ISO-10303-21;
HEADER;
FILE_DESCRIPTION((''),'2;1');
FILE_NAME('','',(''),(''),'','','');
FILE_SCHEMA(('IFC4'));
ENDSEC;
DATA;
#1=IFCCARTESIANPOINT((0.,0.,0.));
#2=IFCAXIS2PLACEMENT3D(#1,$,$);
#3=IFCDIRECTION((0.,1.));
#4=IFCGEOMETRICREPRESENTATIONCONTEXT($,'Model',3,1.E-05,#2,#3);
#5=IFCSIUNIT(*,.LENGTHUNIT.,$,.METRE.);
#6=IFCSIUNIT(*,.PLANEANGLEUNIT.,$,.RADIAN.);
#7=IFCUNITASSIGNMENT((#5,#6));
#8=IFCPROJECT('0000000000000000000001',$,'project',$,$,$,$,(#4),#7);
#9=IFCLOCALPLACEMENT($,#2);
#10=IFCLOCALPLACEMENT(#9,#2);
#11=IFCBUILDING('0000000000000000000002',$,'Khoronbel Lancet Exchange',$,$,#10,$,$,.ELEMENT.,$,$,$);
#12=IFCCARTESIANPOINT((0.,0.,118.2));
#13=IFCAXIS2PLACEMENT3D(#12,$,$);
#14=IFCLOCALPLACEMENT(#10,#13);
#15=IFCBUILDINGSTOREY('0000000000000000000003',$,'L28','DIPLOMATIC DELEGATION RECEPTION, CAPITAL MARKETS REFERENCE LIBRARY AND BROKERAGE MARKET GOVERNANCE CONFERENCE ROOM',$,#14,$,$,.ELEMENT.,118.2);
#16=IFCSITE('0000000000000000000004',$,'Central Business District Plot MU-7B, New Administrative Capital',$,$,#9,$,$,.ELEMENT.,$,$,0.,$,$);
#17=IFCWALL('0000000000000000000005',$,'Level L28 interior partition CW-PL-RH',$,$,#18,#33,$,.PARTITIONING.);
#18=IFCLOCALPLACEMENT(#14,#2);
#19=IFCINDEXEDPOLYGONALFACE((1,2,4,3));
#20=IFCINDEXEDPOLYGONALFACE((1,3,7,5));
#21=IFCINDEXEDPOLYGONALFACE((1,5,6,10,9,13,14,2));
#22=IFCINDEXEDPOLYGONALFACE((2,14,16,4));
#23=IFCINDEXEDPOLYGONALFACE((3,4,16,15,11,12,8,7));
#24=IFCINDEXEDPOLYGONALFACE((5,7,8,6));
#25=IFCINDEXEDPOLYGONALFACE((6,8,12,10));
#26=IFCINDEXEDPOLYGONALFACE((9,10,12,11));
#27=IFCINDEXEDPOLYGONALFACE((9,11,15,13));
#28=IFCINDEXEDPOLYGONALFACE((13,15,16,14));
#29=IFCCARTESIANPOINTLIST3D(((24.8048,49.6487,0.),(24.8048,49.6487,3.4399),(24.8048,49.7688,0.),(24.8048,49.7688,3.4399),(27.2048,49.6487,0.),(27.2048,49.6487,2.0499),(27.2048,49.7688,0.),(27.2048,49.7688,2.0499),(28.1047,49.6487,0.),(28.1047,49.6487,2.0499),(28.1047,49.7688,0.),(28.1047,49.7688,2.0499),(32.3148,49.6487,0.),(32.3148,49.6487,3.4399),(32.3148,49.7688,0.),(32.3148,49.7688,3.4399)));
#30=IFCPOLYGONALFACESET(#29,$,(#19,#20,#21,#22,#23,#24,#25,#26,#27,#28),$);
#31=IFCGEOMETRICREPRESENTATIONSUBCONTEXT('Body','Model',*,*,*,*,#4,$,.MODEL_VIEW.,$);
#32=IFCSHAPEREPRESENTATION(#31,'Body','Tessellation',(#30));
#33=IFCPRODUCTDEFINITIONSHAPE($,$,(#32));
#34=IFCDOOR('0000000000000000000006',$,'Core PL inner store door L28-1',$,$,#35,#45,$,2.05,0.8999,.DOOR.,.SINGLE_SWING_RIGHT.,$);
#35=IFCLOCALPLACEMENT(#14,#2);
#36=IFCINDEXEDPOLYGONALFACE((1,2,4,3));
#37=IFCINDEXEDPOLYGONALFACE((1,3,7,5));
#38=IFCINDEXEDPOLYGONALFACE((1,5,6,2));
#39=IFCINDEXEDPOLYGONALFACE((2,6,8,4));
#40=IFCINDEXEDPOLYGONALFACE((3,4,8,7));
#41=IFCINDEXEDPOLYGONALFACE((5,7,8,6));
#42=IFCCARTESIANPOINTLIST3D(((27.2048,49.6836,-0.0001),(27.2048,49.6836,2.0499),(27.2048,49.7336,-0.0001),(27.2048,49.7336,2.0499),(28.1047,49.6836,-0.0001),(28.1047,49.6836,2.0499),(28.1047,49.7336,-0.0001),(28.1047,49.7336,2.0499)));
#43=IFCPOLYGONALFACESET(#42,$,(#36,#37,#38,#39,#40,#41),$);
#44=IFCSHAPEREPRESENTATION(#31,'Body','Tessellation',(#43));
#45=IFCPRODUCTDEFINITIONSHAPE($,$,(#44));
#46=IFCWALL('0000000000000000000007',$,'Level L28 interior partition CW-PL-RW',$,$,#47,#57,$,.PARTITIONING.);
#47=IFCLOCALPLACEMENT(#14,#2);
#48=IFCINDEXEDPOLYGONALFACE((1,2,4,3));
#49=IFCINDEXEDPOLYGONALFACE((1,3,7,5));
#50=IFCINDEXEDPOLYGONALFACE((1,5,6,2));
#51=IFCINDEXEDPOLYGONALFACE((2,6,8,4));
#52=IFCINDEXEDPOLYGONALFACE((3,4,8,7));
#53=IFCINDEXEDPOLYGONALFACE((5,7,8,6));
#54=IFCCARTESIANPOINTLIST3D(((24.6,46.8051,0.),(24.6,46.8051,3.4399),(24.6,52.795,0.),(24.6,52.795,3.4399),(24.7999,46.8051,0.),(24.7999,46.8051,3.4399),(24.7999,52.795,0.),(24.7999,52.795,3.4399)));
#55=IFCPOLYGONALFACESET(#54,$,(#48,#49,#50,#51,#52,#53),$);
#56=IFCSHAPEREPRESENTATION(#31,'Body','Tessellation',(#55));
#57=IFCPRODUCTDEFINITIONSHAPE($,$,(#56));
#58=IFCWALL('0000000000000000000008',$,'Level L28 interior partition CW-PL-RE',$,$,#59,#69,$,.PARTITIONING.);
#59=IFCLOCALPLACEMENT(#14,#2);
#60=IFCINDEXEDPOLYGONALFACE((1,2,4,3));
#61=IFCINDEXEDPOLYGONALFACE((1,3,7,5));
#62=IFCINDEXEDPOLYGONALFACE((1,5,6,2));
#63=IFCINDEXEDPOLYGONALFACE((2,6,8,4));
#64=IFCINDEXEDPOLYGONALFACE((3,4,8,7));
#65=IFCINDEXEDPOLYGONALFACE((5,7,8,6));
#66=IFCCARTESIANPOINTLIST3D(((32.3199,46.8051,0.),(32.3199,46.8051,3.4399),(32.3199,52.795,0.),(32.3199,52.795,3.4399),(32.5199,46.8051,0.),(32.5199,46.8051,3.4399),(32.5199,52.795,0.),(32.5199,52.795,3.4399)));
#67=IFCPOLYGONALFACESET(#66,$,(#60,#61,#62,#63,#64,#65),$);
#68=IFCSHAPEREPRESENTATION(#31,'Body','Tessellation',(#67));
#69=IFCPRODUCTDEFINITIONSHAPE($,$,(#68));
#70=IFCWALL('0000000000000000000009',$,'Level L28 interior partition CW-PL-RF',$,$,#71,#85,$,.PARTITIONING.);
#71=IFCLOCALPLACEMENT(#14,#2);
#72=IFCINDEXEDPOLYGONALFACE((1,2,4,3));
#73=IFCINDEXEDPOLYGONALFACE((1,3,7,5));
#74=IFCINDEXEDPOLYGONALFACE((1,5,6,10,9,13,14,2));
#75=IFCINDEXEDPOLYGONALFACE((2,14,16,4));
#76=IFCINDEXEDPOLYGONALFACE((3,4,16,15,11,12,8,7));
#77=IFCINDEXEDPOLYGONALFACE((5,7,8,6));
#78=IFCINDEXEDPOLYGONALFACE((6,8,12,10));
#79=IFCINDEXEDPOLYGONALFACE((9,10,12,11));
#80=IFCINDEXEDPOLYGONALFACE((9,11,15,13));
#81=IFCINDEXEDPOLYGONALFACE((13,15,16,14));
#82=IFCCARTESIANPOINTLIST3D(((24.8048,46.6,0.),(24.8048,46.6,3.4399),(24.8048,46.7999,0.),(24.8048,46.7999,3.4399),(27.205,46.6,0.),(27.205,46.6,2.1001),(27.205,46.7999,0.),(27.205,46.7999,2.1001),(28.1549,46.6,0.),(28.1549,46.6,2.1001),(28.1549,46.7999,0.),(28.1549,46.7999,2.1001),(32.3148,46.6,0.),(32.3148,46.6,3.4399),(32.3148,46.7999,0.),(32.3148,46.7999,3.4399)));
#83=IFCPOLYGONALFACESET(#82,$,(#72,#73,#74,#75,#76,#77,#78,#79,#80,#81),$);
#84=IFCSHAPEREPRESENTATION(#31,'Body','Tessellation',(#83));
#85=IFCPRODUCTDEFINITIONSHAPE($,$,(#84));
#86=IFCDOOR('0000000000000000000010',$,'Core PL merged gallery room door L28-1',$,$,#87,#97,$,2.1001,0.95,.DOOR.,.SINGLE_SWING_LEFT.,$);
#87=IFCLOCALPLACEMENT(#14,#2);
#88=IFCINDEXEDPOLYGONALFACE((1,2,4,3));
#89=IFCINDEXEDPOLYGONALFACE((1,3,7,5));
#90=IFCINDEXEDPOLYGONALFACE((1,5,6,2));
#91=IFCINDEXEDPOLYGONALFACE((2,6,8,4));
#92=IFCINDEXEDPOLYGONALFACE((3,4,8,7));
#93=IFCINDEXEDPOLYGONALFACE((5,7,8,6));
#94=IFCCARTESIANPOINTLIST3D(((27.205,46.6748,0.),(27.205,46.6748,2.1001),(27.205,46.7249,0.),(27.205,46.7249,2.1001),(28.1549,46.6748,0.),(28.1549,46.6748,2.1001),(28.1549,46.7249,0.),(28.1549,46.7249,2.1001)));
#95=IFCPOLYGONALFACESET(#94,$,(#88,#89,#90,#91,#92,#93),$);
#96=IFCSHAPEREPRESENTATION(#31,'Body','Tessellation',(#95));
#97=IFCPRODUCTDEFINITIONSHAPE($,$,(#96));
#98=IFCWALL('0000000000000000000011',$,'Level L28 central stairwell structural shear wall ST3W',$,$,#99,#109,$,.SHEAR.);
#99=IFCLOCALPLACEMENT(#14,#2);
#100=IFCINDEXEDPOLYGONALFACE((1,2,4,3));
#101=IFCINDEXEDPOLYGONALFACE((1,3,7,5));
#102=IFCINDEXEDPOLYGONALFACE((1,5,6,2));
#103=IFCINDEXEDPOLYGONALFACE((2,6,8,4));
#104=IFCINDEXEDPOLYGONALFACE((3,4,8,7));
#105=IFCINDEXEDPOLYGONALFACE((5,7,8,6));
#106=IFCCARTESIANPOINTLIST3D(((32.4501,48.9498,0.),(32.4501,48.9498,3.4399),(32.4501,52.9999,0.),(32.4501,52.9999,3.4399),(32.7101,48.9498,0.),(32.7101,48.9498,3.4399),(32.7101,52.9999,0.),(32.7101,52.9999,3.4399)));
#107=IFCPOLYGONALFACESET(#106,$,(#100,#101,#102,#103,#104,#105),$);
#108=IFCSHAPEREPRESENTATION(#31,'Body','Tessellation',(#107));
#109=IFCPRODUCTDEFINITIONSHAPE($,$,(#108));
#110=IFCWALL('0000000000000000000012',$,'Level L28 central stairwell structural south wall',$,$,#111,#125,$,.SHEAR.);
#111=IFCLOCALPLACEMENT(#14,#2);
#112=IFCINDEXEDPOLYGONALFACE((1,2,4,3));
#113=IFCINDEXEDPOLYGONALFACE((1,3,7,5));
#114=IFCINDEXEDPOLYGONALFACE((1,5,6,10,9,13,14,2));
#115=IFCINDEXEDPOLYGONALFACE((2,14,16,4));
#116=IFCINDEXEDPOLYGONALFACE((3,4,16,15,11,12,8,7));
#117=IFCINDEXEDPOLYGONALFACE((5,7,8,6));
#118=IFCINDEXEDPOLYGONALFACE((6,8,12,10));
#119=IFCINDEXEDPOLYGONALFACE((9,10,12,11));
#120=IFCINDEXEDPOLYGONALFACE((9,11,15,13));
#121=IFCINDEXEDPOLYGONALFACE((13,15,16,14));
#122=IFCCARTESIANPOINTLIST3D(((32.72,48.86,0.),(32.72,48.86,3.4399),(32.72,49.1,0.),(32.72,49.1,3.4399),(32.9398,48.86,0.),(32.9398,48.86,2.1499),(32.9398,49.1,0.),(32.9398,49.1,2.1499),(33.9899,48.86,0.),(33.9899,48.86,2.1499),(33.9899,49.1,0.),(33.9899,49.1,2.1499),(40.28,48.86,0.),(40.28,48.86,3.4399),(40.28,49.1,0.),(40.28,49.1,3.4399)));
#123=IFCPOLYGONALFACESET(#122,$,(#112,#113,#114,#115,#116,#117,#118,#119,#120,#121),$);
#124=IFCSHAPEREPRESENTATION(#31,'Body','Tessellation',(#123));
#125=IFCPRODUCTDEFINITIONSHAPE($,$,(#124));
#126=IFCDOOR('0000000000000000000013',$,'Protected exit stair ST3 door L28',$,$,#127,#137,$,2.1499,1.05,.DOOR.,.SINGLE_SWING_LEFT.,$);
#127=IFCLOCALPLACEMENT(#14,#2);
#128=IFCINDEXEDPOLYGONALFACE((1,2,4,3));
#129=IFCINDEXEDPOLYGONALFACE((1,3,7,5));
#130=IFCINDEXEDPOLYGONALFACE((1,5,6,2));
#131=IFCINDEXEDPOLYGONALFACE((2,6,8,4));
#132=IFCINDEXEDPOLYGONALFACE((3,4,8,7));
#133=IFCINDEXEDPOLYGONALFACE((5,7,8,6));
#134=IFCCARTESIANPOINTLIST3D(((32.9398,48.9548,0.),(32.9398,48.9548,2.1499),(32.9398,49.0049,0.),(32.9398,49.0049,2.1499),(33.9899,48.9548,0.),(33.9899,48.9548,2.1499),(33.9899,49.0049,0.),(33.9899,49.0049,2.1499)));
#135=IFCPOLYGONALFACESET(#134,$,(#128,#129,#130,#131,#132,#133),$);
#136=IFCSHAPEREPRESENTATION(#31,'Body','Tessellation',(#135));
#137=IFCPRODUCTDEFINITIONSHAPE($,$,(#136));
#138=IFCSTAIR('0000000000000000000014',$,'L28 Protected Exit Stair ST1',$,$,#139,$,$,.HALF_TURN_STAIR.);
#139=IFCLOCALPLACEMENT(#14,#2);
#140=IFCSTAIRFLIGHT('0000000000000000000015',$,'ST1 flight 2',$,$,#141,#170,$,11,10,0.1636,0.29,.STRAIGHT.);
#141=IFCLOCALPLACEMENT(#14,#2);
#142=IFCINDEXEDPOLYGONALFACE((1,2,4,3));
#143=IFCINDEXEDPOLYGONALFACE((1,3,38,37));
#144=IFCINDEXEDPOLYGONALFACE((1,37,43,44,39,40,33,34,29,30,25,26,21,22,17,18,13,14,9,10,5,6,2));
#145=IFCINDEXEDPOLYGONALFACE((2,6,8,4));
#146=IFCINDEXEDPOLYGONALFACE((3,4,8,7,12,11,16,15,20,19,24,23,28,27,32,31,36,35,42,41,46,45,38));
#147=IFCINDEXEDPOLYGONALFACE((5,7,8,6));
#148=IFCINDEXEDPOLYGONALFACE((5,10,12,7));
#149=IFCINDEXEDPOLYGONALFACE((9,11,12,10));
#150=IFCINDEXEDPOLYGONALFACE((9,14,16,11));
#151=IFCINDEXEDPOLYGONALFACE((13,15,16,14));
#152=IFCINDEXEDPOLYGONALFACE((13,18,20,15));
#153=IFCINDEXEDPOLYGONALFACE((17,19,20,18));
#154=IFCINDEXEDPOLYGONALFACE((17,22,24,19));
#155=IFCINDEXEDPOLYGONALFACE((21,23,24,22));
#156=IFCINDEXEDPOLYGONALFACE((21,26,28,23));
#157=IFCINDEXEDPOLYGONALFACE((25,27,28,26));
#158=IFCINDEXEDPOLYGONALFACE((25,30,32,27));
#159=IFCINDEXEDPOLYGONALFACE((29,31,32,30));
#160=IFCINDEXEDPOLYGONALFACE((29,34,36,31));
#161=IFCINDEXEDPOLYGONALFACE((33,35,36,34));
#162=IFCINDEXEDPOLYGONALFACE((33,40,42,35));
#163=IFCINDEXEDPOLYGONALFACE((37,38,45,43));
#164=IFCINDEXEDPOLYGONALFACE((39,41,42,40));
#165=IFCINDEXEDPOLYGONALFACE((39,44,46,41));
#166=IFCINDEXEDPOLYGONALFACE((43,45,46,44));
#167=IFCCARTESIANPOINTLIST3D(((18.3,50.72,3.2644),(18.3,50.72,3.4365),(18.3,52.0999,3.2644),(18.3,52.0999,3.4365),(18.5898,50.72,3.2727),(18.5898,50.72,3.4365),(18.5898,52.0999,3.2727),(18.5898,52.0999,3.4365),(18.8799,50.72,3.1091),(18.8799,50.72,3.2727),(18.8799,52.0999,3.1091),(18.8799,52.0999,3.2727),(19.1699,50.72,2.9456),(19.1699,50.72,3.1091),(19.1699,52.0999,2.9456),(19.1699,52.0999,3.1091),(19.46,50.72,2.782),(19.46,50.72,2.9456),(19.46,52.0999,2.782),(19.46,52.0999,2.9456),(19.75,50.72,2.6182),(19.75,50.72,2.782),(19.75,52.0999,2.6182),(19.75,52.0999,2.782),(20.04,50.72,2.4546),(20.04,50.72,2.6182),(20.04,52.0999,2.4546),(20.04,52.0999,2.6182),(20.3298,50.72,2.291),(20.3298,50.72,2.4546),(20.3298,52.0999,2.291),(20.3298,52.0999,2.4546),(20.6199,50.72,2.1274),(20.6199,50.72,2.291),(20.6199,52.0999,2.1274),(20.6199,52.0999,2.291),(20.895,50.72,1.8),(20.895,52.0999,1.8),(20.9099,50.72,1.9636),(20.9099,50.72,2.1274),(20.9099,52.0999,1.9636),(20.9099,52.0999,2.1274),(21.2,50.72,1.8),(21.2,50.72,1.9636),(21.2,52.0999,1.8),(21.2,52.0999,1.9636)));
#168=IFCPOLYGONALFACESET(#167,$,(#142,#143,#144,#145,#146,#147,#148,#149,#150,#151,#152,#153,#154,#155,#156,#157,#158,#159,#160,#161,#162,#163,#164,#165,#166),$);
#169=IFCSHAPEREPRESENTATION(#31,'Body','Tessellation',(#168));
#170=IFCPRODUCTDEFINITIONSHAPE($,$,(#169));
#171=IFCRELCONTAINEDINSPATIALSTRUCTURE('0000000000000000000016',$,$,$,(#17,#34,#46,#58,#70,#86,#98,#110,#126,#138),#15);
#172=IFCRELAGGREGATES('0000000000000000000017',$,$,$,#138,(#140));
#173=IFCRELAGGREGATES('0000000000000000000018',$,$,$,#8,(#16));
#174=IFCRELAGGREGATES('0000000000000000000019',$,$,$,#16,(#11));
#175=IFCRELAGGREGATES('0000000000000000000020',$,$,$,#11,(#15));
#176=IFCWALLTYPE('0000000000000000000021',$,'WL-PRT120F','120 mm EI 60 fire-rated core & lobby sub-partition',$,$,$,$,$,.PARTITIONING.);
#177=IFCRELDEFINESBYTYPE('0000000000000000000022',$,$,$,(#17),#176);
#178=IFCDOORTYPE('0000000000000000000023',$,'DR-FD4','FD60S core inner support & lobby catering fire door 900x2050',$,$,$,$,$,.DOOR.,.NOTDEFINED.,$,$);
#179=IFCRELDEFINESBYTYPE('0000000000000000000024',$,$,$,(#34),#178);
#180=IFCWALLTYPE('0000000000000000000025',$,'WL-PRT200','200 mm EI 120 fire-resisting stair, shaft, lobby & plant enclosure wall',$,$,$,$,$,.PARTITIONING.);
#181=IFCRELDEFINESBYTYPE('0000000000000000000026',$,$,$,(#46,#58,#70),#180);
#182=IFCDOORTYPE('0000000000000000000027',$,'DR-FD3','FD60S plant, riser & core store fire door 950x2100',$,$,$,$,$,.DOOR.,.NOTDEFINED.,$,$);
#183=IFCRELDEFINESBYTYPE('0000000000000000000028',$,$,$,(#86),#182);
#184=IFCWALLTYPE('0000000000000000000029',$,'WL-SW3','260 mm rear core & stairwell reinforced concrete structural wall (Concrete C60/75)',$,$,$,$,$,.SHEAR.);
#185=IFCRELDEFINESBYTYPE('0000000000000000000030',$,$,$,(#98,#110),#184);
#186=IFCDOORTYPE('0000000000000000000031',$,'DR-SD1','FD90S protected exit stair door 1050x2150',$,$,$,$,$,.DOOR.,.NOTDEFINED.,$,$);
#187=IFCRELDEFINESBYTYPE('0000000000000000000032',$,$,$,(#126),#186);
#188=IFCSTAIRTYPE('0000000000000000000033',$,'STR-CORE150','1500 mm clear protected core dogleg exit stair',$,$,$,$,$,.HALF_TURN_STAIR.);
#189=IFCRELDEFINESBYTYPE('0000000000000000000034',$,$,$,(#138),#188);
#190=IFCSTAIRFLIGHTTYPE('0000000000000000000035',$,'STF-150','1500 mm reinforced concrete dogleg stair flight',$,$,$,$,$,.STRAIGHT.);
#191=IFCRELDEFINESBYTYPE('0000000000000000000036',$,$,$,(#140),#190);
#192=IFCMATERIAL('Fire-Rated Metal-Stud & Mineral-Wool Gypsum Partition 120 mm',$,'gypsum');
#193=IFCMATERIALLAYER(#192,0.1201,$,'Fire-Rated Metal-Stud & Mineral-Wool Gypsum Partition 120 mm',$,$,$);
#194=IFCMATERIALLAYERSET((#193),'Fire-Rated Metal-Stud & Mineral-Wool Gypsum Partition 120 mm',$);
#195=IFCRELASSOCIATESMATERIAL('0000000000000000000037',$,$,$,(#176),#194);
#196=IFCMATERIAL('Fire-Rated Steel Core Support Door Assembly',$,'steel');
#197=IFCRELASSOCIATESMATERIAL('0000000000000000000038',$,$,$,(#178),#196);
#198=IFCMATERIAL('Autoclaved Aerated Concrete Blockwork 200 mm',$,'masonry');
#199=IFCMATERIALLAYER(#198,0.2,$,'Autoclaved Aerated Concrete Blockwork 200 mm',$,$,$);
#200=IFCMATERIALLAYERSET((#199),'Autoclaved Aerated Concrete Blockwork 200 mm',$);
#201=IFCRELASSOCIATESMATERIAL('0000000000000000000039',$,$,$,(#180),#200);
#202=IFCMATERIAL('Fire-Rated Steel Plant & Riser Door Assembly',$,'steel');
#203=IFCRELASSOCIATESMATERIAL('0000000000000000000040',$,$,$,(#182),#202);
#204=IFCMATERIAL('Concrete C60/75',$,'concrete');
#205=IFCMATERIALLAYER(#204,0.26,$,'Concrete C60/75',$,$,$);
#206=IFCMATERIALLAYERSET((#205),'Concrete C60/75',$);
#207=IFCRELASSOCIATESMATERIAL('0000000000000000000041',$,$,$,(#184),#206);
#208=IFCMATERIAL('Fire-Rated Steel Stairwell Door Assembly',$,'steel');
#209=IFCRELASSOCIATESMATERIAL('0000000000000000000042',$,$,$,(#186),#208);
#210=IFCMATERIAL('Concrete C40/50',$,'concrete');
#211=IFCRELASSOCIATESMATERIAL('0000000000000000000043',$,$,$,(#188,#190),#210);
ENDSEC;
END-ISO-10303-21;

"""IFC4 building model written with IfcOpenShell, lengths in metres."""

from ifc_helpers import new_model, si_unit, direction, frame, frame_2d, origin, place, context, subcontext, project, spatial, polyline, rectangle, outline, extrude, material, layer, layer_set, type_object, element, fill, aggregate, save


model = new_model("IFC4")

# Units and contexts
model_context = context("Model", 3, precision=1e-05, world=origin(), true_north=direction((0.0, 1.0)))
body_context = subcontext(model_context, "Body", "Model", "MODEL_VIEW")
ifc_project = project(units=[si_unit("LENGTHUNIT", "METRE"), si_unit("PLANEANGLEUNIT", "RADIAN")], contexts=[model_context])

# Site, building, storey
site_placement = place(None, origin())
site = spatial("IfcSite", under=ifc_project, at=site_placement, Name="Central Business District Plot MU-7B, New Administrative Capital", CompositionType="ELEMENT", RefElevation=0.0)
building_placement = place(site_placement, origin())
building = spatial("IfcBuilding", under=site, at=building_placement, Name="Khoronbel Lancet Exchange", CompositionType="ELEMENT")
storey_placement = place(building_placement, frame((0.0, 0.0, 118.2)))
storey = spatial("IfcBuildingStorey", under=building, at=storey_placement, Name="L28", Description="DIPLOMATIC DELEGATION RECEPTION, CAPITAL MARKETS REFERENCE LIBRARY AND BROKERAGE MARKET GOVERNANCE CONFERENCE ROOM", CompositionType="ELEMENT", Elevation=118.2)

# Shared definitions
ifc_material_1 = material(Name="Fire-Rated Metal-Stud & Mineral-Wool Gypsum Partition 120 mm", Category="gypsum")
ifc_layer_1 = layer(ifc_material_1, 0.1201, Name="Fire-Rated Metal-Stud & Mineral-Wool Gypsum Partition 120 mm")
ifc_layer_set_1 = layer_set([ifc_layer_1], Name="Fire-Rated Metal-Stud & Mineral-Wool Gypsum Partition 120 mm")
wall_type_1 = type_object("IfcWallType", Name="WL-PRT120F", Description="120 mm EI 60 fire-rated core & lobby sub-partition", PredefinedType="PARTITIONING", material=ifc_layer_set_1)

# Wall, opening, door
wall_1_placement = place(storey_placement, frame((24.8049, 49.7087, 0.0), z_axis=(0.0, 0.0, 1.0), x_axis=(1.0, 0.0, 0.0)))
wall_1 = element("IfcWall", 1, at=wall_1_placement, inside=storey, type_object=wall_type_1, Name="Level L28 interior partition CW-PL-RH", PredefinedType="PARTITIONING", context=body_context, shape_type="SweptSolid", body=[
    extrude(rectangle(XDim=7.51, YDim=0.1201, at=frame_2d((3.7549, 0.0))), origin(), (0.0, 0.0, 1.0), 3.4399),
])
opening_1_placement = place(wall_1_placement, frame((2.3999, 0.0, 0.0)))
opening_1 = element("IfcOpeningElement", 2, at=opening_1_placement, cuts=wall_1, PredefinedType="OPENING", context=body_context, shape_type="SweptSolid", body=[
    extrude(rectangle(XDim=0.8999, YDim=2.05, at=frame_2d((0.45, 1.0249))), frame((0.0, 0.0701, 0.0), z_axis=(0.0, -1.0, 0.0), x_axis=(1.0, 0.0, 0.0)), (0.0, 0.0, 1.0), 0.1401),
])
ifc_material_2 = material(Name="Fire-Rated Steel Core Support Door Assembly", Category="steel")
door_type_1 = type_object("IfcDoorType", Name="DR-FD4", Description="FD60S core inner support & lobby catering fire door 900x2050", OperationType="NOTDEFINED", PredefinedType="DOOR", material=ifc_material_2)
door_1_placement = place(opening_1_placement, origin())
door_1 = element("IfcDoor", 3, at=door_1_placement, inside=storey, type_object=door_type_1, Name="Core PL inner store door L28-1", OperationType="SINGLE_SWING_RIGHT", OverallHeight=2.05, OverallWidth=0.8999, PredefinedType="DOOR", context=body_context, shape_type="SweptSolid", body=[
    extrude(rectangle(XDim=0.8999, YDim=2.05, at=frame_2d((0.45, 1.0249))), frame((0.0, 0.0249, 0.0), z_axis=(0.0, -1.0, 0.0), x_axis=(1.0, 0.0, 0.0)), (0.0, 0.0, 1.0), 0.05),
])
fill(opening_1, door_1)

# Walls
ifc_material_3 = material(Name="Autoclaved Aerated Concrete Blockwork 200 mm", Category="masonry")
ifc_layer_2 = layer(ifc_material_3, 0.2, Name="Autoclaved Aerated Concrete Blockwork 200 mm")
ifc_layer_set_2 = layer_set([ifc_layer_2], Name="Autoclaved Aerated Concrete Blockwork 200 mm")
wall_type_2 = type_object("IfcWallType", Name="WL-PRT200", Description="200 mm EI 120 fire-resisting stair, shaft, lobby & plant enclosure wall", PredefinedType="PARTITIONING", material=ifc_layer_set_2)
for number, where, z_axis, x_axis, name in (
    (4, (24.7, 46.8049, 0.0), (0.0, 0.0, 1.0), (0.0, 1.0, 0.0), "Level L28 interior partition CW-PL-RW"),
    (5, (32.4199, 46.8049, 0.0), (0.0, 0.0, 1.0), (0.0, 1.0, 0.0), "Level L28 interior partition CW-PL-RE"),
):
    element("IfcWall", number, at=place(storey_placement, frame(where, z_axis=z_axis, x_axis=x_axis)), inside=storey, type_object=wall_type_2, Name=name, PredefinedType="PARTITIONING", context=body_context, shape_type="SweptSolid", body=[
        extrude(rectangle(XDim=5.99, YDim=0.2, at=frame_2d((2.9951, 0.0))), origin(), (0.0, 0.0, 1.0), 3.4399),
    ])

# Wall, opening, door
wall_2_placement = place(storey_placement, frame((24.8049, 46.7, 0.0), z_axis=(0.0, 0.0, 1.0), x_axis=(1.0, 0.0, 0.0)))
wall_2 = element("IfcWall", 6, at=wall_2_placement, inside=storey, type_object=wall_type_2, Name="Level L28 interior partition CW-PL-RF", PredefinedType="PARTITIONING", context=body_context, shape_type="SweptSolid", body=[
    extrude(rectangle(XDim=7.51, YDim=0.2, at=frame_2d((3.7549, 0.0))), origin(), (0.0, 0.0, 1.0), 3.4399),
])
opening_2_placement = place(wall_2_placement, frame((2.3999, 0.0, 0.0)))
opening_2 = element("IfcOpeningElement", 7, at=opening_2_placement, cuts=wall_2, PredefinedType="OPENING", context=body_context, shape_type="SweptSolid", body=[
    extrude(rectangle(XDim=0.95, YDim=2.1001, at=frame_2d((0.4751, 1.05))), frame((0.0, 0.1099, 0.0), z_axis=(0.0, -1.0, 0.0), x_axis=(1.0, 0.0, 0.0)), (0.0, 0.0, 1.0), 0.22),
])
ifc_material_4 = material(Name="Fire-Rated Steel Plant & Riser Door Assembly", Category="steel")
door_type_2 = type_object("IfcDoorType", Name="DR-FD3", Description="FD60S plant, riser & core store fire door 950x2100", OperationType="NOTDEFINED", PredefinedType="DOOR", material=ifc_material_4)
door_2_placement = place(opening_2_placement, origin())
door_2 = element("IfcDoor", 8, at=door_2_placement, inside=storey, type_object=door_type_2, Name="Core PL merged gallery room door L28-1", OperationType="SINGLE_SWING_LEFT", OverallHeight=2.1001, OverallWidth=0.95, PredefinedType="DOOR", context=body_context, shape_type="SweptSolid", body=[
    extrude(rectangle(XDim=0.95, YDim=2.1001, at=frame_2d((0.4751, 1.05))), frame((0.0, 0.0249, 0.0), z_axis=(0.0, -1.0, 0.0), x_axis=(1.0, 0.0, 0.0)), (0.0, 0.0, 1.0), 0.05),
])
fill(opening_2, door_2)

# Wall
ifc_material_5 = material(Name="Concrete C60/75", Category="concrete")
ifc_layer_3 = layer(ifc_material_5, 0.26, Name="Concrete C60/75")
ifc_layer_set_3 = layer_set([ifc_layer_3], Name="Concrete C60/75")
wall_type_3 = type_object("IfcWallType", Name="WL-SW3", Description="260 mm rear core & stairwell reinforced concrete structural wall (Concrete C60/75)", PredefinedType="SHEAR", material=ifc_layer_set_3)
wall_3_placement = place(storey_placement, frame((32.5801, 48.95, 0.0), z_axis=(0.0, 0.0, 1.0), x_axis=(0.0, 1.0, 0.0)))
element("IfcWall", 9, at=wall_3_placement, inside=storey, type_object=wall_type_3, Name="Level L28 central stairwell structural shear wall ST3W", PredefinedType="SHEAR", context=body_context, shape_type="SweptSolid", body=[
    extrude(rectangle(XDim=4.05, YDim=0.26, at=frame_2d((2.0249, 0.0))), origin(), (0.0, 0.0, 1.0), 3.4399),
])

# Wall, opening, door
wall_4_placement = place(storey_placement, frame((32.72, 48.98, 0.0), z_axis=(0.0, 0.0, 1.0), x_axis=(1.0, 0.0, 0.0)))
wall_4 = element("IfcWall", 10, at=wall_4_placement, inside=storey, type_object=wall_type_3, Name="Level L28 central stairwell structural south wall", PredefinedType="SHEAR", context=body_context, shape_type="SweptSolid", body=[
    extrude(rectangle(XDim=7.5601, YDim=0.24, at=frame_2d((3.78, 0.0))), origin(), (0.0, 0.0, 1.0), 3.4399),
])
opening_3_placement = place(wall_4_placement, frame((0.22, 0.0, 0.0)))
opening_3 = element("IfcOpeningElement", 11, at=opening_3_placement, cuts=wall_4, PredefinedType="OPENING", context=body_context, shape_type="SweptSolid", body=[
    extrude(rectangle(XDim=1.05, YDim=2.1499, at=frame_2d((0.5249, 1.075))), frame((0.0, 0.1299, 0.0), z_axis=(0.0, -1.0, 0.0), x_axis=(1.0, 0.0, 0.0)), (0.0, 0.0, 1.0), 0.26),
])
ifc_material_6 = material(Name="Fire-Rated Steel Stairwell Door Assembly", Category="steel")
door_type_3 = type_object("IfcDoorType", Name="DR-SD1", Description="FD90S protected exit stair door 1050x2150", OperationType="NOTDEFINED", PredefinedType="DOOR", material=ifc_material_6)
door_3_placement = place(opening_3_placement, origin())
door_3 = element("IfcDoor", 12, at=door_3_placement, inside=storey, type_object=door_type_3, Name="Protected exit stair ST3 door L28", OperationType="SINGLE_SWING_LEFT", OverallHeight=2.1499, OverallWidth=1.05, PredefinedType="DOOR", context=body_context, shape_type="SweptSolid", body=[
    extrude(rectangle(XDim=1.05, YDim=2.1499, at=frame_2d((0.5249, 1.075))), frame((0.0, 0.0249, 0.0), z_axis=(0.0, -1.0, 0.0), x_axis=(1.0, 0.0, 0.0)), (0.0, 0.0, 1.0), 0.05),
])
fill(opening_3, door_3)

# Stair, stair flight
ifc_material_7 = material(Name="Concrete C40/50", Category="concrete")
stair_type = type_object("IfcStairType", Name="STR-CORE150", Description="1500 mm clear protected core dogleg exit stair", PredefinedType="HALF_TURN_STAIR", material=ifc_material_7)
stair_1_placement = place(storey_placement, origin())
stair_1 = element("IfcStair", 13, at=stair_1_placement, inside=storey, type_object=stair_type, Name="L28 Protected Exit Stair ST1", PredefinedType="HALF_TURN_STAIR")
stair_flight_type = type_object("IfcStairFlightType", Name="STF-150", Description="1500 mm reinforced concrete dogleg stair flight", PredefinedType="STRAIGHT", material=ifc_material_7)
stair_flight_1_placement = place(storey_placement, frame((21.2, 51.4099, 1.8), z_axis=(0.0, 0.0, 1.0), x_axis=(-1.0, 0.0, 0.0)))
stair_flight_1 = element("IfcStairFlight", 14, at=stair_flight_1_placement, type_object=stair_flight_type, Name="ST1 flight 2", NumberOfRisers=11, NumberOfTreads=10, PredefinedType="STRAIGHT", RiserHeight=0.1636, TreadLength=0.29, context=body_context, shape_type="SweptSolid", body=[
    extrude(outline(polyline([(0.0, 0.0), (0.0, 0.1636), (0.29, 0.1636), (0.29, 0.3274), (0.5801, 0.3274), (0.5801, 0.491), (0.8701, 0.491), (0.8701, 0.6545), (1.1599, 0.6545), (1.1599, 0.8181), (1.45, 0.8181), (1.45, 0.9819), (1.74, 0.9819), (1.74, 1.1455), (2.03, 1.1455), (2.03, 1.3091), (2.3201, 1.3091), (2.3201, 1.4727), (2.6101, 1.4727), (2.6101, 1.6365), (2.8999, 1.6365), (2.8999, 1.8), (2.8999, 1.4644), (0.3049, 0.0), (0.0, 0.0)])), frame((0.0, 0.6899, 0.0), z_axis=(0.0, -1.0, 0.0), x_axis=(1.0, 0.0, 0.0)), (0.0, 0.0, 1.0), 1.3799),
])
aggregate(stair_1, [stair_flight_1])

save(model, "model.ifc")
